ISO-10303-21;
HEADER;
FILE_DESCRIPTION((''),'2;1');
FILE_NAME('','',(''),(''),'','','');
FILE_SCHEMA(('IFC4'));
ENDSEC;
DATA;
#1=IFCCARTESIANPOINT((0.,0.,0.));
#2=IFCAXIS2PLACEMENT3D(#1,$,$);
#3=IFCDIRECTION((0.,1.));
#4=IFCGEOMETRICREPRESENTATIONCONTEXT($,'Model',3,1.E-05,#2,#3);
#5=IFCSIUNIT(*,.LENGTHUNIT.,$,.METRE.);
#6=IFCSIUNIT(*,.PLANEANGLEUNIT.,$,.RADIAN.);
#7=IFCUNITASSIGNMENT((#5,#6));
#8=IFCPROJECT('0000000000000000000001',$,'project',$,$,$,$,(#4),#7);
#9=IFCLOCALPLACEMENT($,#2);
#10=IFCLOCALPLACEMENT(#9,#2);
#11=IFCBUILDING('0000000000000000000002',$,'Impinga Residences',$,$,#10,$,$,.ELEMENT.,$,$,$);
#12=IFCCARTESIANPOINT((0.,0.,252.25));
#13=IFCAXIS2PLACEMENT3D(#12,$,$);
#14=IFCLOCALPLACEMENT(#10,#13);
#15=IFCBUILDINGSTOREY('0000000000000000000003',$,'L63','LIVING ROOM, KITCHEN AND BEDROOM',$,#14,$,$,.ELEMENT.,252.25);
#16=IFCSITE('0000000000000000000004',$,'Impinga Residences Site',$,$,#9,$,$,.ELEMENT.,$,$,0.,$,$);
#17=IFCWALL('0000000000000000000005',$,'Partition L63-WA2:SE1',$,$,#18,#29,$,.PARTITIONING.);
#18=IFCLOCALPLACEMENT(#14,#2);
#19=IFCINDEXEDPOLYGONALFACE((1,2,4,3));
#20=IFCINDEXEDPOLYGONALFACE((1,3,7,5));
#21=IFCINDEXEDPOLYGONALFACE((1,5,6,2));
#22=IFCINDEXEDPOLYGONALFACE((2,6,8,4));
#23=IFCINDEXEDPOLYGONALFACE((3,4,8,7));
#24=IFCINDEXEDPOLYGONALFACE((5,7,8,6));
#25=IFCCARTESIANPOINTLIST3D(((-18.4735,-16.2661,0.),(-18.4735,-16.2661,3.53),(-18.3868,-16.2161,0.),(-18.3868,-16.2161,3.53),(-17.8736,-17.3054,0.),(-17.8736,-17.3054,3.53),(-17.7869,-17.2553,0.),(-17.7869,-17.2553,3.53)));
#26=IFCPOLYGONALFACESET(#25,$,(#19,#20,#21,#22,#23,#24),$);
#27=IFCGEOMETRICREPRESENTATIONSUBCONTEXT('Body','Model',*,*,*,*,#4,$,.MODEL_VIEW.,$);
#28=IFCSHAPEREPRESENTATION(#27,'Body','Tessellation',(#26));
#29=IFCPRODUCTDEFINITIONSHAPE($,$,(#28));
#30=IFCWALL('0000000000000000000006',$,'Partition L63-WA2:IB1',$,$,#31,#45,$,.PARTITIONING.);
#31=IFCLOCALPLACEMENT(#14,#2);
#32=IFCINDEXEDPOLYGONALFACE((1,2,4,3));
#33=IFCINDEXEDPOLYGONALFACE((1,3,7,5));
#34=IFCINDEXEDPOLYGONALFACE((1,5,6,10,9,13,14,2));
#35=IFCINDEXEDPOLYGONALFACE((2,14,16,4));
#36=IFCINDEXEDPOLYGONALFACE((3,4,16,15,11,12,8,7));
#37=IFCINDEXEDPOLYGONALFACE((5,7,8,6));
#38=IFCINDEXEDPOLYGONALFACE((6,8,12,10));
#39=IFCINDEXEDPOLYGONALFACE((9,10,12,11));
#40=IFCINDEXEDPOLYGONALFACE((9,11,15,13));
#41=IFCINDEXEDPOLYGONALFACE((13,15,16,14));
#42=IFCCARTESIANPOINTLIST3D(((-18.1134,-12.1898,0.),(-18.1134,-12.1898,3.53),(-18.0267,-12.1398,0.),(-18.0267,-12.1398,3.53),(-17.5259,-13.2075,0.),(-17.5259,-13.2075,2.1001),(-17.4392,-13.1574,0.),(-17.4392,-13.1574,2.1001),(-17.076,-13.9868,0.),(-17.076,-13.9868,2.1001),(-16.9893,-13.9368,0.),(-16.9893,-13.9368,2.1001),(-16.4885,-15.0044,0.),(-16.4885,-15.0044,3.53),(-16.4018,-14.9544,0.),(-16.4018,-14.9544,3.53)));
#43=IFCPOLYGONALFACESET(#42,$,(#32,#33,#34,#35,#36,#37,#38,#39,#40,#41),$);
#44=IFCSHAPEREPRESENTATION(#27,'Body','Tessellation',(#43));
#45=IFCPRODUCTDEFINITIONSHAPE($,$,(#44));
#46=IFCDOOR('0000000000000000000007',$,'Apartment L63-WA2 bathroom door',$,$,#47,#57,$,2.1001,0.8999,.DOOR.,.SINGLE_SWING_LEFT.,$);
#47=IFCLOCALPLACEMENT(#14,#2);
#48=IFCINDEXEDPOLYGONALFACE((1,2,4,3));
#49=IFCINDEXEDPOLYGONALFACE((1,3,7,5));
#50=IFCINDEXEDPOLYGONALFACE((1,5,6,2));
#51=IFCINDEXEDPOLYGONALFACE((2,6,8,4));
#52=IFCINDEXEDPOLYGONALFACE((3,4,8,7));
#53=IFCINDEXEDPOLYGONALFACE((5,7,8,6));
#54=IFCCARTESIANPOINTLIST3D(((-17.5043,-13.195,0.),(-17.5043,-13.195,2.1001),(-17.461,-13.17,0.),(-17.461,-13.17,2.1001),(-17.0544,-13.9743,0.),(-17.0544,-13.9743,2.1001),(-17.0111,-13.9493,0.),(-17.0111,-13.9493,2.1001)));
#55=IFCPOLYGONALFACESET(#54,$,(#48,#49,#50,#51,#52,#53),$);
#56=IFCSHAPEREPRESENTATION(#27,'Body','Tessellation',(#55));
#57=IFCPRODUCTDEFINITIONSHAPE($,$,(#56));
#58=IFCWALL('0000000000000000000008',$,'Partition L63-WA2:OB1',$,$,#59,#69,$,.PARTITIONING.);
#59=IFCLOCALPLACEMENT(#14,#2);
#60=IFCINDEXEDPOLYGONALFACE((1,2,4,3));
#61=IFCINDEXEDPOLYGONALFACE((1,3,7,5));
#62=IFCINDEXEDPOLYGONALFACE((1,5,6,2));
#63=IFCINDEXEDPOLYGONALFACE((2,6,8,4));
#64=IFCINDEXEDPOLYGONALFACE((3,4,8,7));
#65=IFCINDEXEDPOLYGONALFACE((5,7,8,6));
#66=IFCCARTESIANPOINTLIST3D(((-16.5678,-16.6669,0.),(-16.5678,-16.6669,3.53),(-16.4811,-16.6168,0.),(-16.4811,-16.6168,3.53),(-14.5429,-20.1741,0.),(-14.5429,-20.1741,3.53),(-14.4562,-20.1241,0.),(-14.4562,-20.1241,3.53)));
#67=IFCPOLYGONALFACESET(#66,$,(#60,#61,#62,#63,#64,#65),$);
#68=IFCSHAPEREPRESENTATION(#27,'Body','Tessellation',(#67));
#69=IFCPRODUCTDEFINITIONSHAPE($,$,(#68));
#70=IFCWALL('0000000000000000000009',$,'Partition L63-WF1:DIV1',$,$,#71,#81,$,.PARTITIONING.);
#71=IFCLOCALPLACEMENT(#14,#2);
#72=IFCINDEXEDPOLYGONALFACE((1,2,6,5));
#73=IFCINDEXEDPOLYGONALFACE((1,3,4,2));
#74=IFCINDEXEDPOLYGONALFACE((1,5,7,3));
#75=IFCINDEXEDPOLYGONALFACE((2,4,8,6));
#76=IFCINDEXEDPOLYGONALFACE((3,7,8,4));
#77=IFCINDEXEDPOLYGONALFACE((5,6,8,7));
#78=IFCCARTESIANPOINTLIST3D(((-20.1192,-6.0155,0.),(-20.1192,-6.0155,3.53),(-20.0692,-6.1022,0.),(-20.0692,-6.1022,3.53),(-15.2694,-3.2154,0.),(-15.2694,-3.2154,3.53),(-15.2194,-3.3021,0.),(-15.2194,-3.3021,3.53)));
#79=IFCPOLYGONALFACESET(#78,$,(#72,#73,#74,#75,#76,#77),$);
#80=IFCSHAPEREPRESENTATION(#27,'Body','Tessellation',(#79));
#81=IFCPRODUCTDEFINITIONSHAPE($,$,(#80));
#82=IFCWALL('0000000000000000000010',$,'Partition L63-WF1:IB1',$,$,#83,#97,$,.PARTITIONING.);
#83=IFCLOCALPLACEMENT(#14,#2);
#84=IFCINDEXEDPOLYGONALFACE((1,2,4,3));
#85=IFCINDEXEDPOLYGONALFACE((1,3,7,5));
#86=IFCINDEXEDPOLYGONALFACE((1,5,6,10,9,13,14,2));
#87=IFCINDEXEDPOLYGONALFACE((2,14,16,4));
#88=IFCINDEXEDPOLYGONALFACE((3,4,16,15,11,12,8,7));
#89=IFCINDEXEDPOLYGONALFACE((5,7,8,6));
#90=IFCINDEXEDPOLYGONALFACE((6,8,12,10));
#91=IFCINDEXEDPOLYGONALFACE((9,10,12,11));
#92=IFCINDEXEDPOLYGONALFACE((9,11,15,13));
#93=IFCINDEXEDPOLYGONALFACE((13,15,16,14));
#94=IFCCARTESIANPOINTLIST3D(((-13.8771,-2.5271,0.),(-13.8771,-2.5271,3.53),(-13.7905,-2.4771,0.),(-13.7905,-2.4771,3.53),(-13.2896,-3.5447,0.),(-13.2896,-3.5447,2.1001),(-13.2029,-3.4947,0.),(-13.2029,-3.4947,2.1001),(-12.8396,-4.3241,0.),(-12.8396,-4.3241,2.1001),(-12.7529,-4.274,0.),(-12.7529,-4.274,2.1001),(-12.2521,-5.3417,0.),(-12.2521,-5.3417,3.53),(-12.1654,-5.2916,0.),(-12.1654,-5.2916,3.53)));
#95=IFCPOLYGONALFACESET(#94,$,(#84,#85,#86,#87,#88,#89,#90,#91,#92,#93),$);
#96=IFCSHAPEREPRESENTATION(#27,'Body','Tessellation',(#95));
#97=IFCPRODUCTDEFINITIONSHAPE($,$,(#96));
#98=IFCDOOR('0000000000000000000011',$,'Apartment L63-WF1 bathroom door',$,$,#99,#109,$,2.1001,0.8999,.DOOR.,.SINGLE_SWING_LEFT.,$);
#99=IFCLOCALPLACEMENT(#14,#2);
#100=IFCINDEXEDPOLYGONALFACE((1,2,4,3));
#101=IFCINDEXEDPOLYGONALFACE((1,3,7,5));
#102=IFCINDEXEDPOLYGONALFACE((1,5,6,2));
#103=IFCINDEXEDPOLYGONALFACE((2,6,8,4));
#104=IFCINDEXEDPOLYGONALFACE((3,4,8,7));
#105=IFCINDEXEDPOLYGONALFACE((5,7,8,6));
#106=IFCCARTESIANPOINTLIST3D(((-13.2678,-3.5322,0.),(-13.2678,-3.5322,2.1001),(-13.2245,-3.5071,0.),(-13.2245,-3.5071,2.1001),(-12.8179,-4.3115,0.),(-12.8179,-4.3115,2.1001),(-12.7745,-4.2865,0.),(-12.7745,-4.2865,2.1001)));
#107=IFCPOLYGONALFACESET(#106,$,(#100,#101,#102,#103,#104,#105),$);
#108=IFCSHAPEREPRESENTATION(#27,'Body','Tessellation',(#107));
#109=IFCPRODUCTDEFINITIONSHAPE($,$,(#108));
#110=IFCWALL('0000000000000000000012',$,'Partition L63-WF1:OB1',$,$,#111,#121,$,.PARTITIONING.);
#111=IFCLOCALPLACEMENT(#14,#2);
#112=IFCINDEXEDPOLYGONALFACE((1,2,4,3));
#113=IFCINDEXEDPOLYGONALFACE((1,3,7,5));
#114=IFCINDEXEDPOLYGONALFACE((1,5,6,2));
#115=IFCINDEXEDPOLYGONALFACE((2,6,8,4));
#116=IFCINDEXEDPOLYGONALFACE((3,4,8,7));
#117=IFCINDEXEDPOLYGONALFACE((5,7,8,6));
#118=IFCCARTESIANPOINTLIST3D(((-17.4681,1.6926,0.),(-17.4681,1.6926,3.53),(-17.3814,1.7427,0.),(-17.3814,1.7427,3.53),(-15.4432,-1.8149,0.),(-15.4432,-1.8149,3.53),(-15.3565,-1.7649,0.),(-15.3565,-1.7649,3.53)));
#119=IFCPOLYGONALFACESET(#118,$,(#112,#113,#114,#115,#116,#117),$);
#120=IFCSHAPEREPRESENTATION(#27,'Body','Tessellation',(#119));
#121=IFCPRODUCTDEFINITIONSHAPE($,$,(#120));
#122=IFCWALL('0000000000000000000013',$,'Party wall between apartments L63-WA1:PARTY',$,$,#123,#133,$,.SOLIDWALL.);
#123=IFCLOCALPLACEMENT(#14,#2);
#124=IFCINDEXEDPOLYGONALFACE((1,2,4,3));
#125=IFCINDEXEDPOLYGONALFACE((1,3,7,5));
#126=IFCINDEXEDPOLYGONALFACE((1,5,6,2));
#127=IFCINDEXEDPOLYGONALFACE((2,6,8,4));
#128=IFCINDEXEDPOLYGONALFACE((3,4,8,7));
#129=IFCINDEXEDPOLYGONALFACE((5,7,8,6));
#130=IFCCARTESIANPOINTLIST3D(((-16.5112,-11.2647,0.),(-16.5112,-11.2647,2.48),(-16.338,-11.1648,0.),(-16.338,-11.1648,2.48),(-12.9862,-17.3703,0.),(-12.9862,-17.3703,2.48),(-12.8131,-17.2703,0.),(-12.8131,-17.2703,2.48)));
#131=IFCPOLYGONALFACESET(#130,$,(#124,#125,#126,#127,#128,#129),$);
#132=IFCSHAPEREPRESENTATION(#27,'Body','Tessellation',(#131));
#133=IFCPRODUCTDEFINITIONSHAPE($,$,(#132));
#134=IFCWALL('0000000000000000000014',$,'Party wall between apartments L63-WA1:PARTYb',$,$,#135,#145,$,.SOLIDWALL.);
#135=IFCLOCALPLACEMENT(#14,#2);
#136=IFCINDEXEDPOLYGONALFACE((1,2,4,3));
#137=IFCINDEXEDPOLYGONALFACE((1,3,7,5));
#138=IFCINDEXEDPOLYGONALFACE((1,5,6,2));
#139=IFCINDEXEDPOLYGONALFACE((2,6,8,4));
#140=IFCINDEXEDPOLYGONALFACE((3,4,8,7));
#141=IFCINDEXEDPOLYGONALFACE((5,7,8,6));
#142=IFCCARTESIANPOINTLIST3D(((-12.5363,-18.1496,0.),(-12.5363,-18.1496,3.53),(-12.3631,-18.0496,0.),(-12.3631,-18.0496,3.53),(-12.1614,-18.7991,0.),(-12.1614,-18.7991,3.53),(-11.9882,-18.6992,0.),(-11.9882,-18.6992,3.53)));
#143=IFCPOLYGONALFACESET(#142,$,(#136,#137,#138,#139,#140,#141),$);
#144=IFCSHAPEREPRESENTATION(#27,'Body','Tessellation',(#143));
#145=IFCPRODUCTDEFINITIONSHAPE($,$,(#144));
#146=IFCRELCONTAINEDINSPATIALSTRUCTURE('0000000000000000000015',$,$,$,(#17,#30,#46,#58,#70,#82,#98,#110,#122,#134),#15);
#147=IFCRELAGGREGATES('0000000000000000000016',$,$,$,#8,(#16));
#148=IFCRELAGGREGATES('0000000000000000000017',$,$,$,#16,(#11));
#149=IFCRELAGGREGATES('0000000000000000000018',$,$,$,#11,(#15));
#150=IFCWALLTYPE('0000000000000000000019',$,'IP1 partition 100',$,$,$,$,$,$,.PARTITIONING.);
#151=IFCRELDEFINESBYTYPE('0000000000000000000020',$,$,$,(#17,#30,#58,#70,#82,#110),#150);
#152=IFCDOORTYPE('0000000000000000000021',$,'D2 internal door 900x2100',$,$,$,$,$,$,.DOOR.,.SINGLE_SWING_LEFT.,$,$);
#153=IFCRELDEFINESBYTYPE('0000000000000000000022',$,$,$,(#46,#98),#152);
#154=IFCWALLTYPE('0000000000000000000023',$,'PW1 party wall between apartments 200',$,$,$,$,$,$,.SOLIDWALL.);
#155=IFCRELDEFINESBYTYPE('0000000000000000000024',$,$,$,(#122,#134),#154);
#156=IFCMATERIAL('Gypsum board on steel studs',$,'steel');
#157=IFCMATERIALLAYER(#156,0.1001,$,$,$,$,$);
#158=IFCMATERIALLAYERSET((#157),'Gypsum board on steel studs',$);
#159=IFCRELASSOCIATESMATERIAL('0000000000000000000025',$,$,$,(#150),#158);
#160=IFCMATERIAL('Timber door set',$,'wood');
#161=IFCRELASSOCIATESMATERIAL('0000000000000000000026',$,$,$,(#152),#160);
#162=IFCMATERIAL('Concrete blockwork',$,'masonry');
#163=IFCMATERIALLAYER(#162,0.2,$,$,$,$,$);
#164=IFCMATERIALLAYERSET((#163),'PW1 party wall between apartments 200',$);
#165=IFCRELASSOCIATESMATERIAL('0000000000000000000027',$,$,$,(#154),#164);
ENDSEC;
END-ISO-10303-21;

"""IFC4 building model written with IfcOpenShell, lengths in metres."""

from ifc_helpers import new_model, si_unit, direction, frame, frame_2d, origin, place, context, subcontext, project, spatial, rectangle, extrude, material, layer, layer_set, type_object, element, fill, save


model = new_model("IFC4")

# Units and contexts
model_context = context("Model", 3, precision=1e-05, world=origin(), true_north=direction((0.0, 1.0)))
body_context = subcontext(model_context, "Body", "Model", "MODEL_VIEW")
ifc_project = project(units=[si_unit("LENGTHUNIT", "METRE"), si_unit("PLANEANGLEUNIT", "RADIAN")], contexts=[model_context])

# Site, building, storey
site_placement = place(None, origin())
site = spatial("IfcSite", under=ifc_project, at=site_placement, Name="Impinga Residences Site", CompositionType="ELEMENT", RefElevation=0.0)
building_placement = place(site_placement, origin())
building = spatial("IfcBuilding", under=site, at=building_placement, Name="Impinga Residences", CompositionType="ELEMENT")
storey_placement = place(building_placement, frame((0.0, 0.0, 252.25)))
storey = spatial("IfcBuildingStorey", under=building, at=storey_placement, Name="L63", Description="LIVING ROOM, KITCHEN AND BEDROOM", CompositionType="ELEMENT", Elevation=252.25)

# Shared definitions
ifc_material_1 = material(Name="Gypsum board on steel studs", Category="steel")
ifc_layer_1 = layer(ifc_material_1, 0.1001)
ifc_layer_set_1 = layer_set([ifc_layer_1], Name="Gypsum board on steel studs")
wall_type_1 = type_object("IfcWallType", Name="IP1 partition 100", PredefinedType="PARTITIONING", material=ifc_layer_set_1)

# Shared definitions
ifc_material_2 = material(Name="Timber door set", Category="wood")
door_type = type_object("IfcDoorType", Name="D2 internal door 900x2100", OperationType="SINGLE_SWING_LEFT", PredefinedType="DOOR", material=ifc_material_2)

# Wall
wall_1_placement = place(storey_placement, frame((-18.4302, -16.241, 0.0), z_axis=(0.0, 0.0, 1.0), x_axis=(0.499881, -0.866094, 0.0)))
element("IfcWall", 1, at=wall_1_placement, inside=storey, type_object=wall_type_1, Name="Partition L63-WA2:SE1", PredefinedType="PARTITIONING", context=body_context, shape_type="SweptSolid", body=[
    extrude(rectangle(XDim=1.2, YDim=0.1001, at=frame_2d((0.6001, 0.0))), origin(), (0.0, 0.0, 1.0), 3.53),
])

# Wall, opening, door
wall_2_placement = place(storey_placement, frame((-18.0701, -12.1648, 0.0), z_axis=(0.0, 0.0, 1.0), x_axis=(0.499985, -0.866034, 0.0)))
wall_2 = element("IfcWall", 2, at=wall_2_placement, inside=storey, type_object=wall_type_1, Name="Partition L63-WA2:IB1", PredefinedType="PARTITIONING", context=body_context, shape_type="SweptSolid", body=[
    extrude(rectangle(XDim=3.25, YDim=0.1001, at=frame_2d((1.625, 0.0))), origin(), (0.0, 0.0, 1.0), 3.53),
])
opening_1_placement = place(wall_2_placement, frame((1.175, 0.0, 0.0)))
opening_1 = element("IfcOpeningElement", 3, at=opening_1_placement, cuts=wall_2, PredefinedType="OPENING", context=body_context, shape_type="SweptSolid", body=[
    extrude(rectangle(XDim=0.8999, YDim=2.1001, at=frame_2d((0.45, 1.05))), frame((0.0, 0.0601, 0.0), z_axis=(0.0, -1.0, 0.0), x_axis=(1.0, 0.0, 0.0)), (0.0, 0.0, 1.0), 0.1201),
])
door_1_placement = place(opening_1_placement, origin())
door_1 = element("IfcDoor", 4, at=door_1_placement, inside=storey, type_object=door_type, Name="Apartment L63-WA2 bathroom door", OperationType="SINGLE_SWING_LEFT", OverallHeight=2.1001, OverallWidth=0.8999, PredefinedType="DOOR", context=body_context, shape_type="SweptSolid", body=[
    extrude(rectangle(XDim=0.8999, YDim=2.1001, at=frame_2d((0.45, 1.05))), frame((0.0, 0.0249, 0.0), z_axis=(0.0, -1.0, 0.0), x_axis=(1.0, 0.0, 0.0)), (0.0, 0.0, 1.0), 0.05),
])
fill(opening_1, door_1)

# Walls
wall_3_placement = place(storey_placement, frame((-16.5244, -16.6418, 0.0), z_axis=(0.0, 0.0, 1.0), x_axis=(0.49999, -0.866031, 0.0)))
element("IfcWall", 5, at=wall_3_placement, inside=storey, type_object=wall_type_1, Name="Partition L63-WA2:OB1", PredefinedType="PARTITIONING", context=body_context, shape_type="SweptSolid", body=[
    extrude(rectangle(XDim=4.0498, YDim=0.1001, at=frame_2d((2.0249, 0.0))), origin(), (0.0, 0.0, 1.0), 3.53),
])
wall_4_placement = place(storey_placement, frame((-15.2444, -3.2588, 0.0), z_axis=(0.0, 0.0, 1.0), x_axis=(-0.866027, -0.499998, 0.0)))
element("IfcWall", 6, at=wall_4_placement, inside=storey, type_object=wall_type_1, Name="Partition L63-WF1:DIV1", PredefinedType="PARTITIONING", context=body_context, shape_type="SweptSolid", body=[
    extrude(rectangle(XDim=5.6001, YDim=0.1001, at=frame_2d((2.8, 0.0))), origin(), (0.0, 0.0, 1.0), 3.53),
])

# Wall, opening, door
wall_5_placement = place(storey_placement, frame((-12.2087, -5.3167, 0.0), z_axis=(0.0, 0.0, 1.0), x_axis=(-0.500017, 0.866015, 0.0)))
wall_5 = element("IfcWall", 7, at=wall_5_placement, inside=storey, type_object=wall_type_1, Name="Partition L63-WF1:IB1", PredefinedType="PARTITIONING", context=body_context, shape_type="SweptSolid", body=[
    extrude(rectangle(XDim=3.25, YDim=0.1001, at=frame_2d((1.625, 0.0))), origin(), (0.0, 0.0, 1.0), 3.53),
])
opening_2_placement = place(wall_5_placement, frame((1.175, 0.0, 0.0)))
opening_2 = element("IfcOpeningElement", 8, at=opening_2_placement, cuts=wall_5, PredefinedType="OPENING", context=body_context, shape_type="SweptSolid", body=[
    extrude(rectangle(XDim=0.8999, YDim=2.1001, at=frame_2d((0.45, 1.05))), frame((0.0, 0.0601, 0.0), z_axis=(0.0, -1.0, 0.0), x_axis=(1.0, 0.0, 0.0)), (0.0, 0.0, 1.0), 0.1201),
])
door_2_placement = place(opening_2_placement, origin())
door_2 = element("IfcDoor", 9, at=door_2_placement, inside=storey, type_object=door_type, Name="Apartment L63-WF1 bathroom door", OperationType="SINGLE_SWING_LEFT", OverallHeight=2.1001, OverallWidth=0.8999, PredefinedType="DOOR", context=body_context, shape_type="SweptSolid", body=[
    extrude(rectangle(XDim=0.8999, YDim=2.1001, at=frame_2d((0.45, 1.05))), frame((0.0, 0.0249, 0.0), z_axis=(0.0, -1.0, 0.0), x_axis=(1.0, 0.0, 0.0)), (0.0, 0.0, 1.0), 0.05),
])
fill(opening_2, door_2)

# Walls
wall_6_placement = place(storey_placement, frame((-15.3999, -1.7898, 0.0), z_axis=(0.0, 0.0, 1.0), x_axis=(-0.499964, 0.866046, 0.0)))
element("IfcWall", 10, at=wall_6_placement, inside=storey, type_object=wall_type_1, Name="Partition L63-WF1:OB1", PredefinedType="PARTITIONING", context=body_context, shape_type="SweptSolid", body=[
    extrude(rectangle(XDim=4.05, YDim=0.1001, at=frame_2d((2.0249, 0.0))), origin(), (0.0, 0.0, 1.0), 3.53),
])
ifc_material_3 = material(Name="Concrete blockwork", Category="masonry")
ifc_layer_2 = layer(ifc_material_3, 0.2)
ifc_layer_set_2 = layer_set([ifc_layer_2], Name="PW1 party wall between apartments 200")
wall_type_2 = type_object("IfcWallType", Name="PW1 party wall between apartments 200", PredefinedType="SOLIDWALL", material=ifc_layer_set_2)
wall_7_placement = place(storey_placement, frame((-16.4246, -11.2148, 0.0), z_axis=(0.0, 0.0, 1.0), x_axis=(0.49999, -0.866031, 0.0)))
element("IfcWall", 11, at=wall_7_placement, inside=storey, type_object=wall_type_2, Name="Party wall between apartments L63-WA1:PARTY", PredefinedType="SOLIDWALL", context=body_context, shape_type="SweptSolid", body=[
    extrude(rectangle(XDim=7.05, YDim=0.2, at=frame_2d((3.5249, 0.0))), origin(), (0.0, 0.0, 1.0), 2.48),
])
wall_8_placement = place(storey_placement, frame((-12.4497, -18.0996, 0.0), z_axis=(0.0, 0.0, 1.0), x_axis=(0.49992, -0.866072, 0.0)))
element("IfcWall", 12, at=wall_8_placement, inside=storey, type_object=wall_type_2, Name="Party wall between apartments L63-WA1:PARTYb", PredefinedType="SOLIDWALL", context=body_context, shape_type="SweptSolid", body=[
    extrude(rectangle(XDim=0.75, YDim=0.2, at=frame_2d((0.375, 0.0))), origin(), (0.0, 0.0, 1.0), 3.53),
])

save(model, "model.ifc")
